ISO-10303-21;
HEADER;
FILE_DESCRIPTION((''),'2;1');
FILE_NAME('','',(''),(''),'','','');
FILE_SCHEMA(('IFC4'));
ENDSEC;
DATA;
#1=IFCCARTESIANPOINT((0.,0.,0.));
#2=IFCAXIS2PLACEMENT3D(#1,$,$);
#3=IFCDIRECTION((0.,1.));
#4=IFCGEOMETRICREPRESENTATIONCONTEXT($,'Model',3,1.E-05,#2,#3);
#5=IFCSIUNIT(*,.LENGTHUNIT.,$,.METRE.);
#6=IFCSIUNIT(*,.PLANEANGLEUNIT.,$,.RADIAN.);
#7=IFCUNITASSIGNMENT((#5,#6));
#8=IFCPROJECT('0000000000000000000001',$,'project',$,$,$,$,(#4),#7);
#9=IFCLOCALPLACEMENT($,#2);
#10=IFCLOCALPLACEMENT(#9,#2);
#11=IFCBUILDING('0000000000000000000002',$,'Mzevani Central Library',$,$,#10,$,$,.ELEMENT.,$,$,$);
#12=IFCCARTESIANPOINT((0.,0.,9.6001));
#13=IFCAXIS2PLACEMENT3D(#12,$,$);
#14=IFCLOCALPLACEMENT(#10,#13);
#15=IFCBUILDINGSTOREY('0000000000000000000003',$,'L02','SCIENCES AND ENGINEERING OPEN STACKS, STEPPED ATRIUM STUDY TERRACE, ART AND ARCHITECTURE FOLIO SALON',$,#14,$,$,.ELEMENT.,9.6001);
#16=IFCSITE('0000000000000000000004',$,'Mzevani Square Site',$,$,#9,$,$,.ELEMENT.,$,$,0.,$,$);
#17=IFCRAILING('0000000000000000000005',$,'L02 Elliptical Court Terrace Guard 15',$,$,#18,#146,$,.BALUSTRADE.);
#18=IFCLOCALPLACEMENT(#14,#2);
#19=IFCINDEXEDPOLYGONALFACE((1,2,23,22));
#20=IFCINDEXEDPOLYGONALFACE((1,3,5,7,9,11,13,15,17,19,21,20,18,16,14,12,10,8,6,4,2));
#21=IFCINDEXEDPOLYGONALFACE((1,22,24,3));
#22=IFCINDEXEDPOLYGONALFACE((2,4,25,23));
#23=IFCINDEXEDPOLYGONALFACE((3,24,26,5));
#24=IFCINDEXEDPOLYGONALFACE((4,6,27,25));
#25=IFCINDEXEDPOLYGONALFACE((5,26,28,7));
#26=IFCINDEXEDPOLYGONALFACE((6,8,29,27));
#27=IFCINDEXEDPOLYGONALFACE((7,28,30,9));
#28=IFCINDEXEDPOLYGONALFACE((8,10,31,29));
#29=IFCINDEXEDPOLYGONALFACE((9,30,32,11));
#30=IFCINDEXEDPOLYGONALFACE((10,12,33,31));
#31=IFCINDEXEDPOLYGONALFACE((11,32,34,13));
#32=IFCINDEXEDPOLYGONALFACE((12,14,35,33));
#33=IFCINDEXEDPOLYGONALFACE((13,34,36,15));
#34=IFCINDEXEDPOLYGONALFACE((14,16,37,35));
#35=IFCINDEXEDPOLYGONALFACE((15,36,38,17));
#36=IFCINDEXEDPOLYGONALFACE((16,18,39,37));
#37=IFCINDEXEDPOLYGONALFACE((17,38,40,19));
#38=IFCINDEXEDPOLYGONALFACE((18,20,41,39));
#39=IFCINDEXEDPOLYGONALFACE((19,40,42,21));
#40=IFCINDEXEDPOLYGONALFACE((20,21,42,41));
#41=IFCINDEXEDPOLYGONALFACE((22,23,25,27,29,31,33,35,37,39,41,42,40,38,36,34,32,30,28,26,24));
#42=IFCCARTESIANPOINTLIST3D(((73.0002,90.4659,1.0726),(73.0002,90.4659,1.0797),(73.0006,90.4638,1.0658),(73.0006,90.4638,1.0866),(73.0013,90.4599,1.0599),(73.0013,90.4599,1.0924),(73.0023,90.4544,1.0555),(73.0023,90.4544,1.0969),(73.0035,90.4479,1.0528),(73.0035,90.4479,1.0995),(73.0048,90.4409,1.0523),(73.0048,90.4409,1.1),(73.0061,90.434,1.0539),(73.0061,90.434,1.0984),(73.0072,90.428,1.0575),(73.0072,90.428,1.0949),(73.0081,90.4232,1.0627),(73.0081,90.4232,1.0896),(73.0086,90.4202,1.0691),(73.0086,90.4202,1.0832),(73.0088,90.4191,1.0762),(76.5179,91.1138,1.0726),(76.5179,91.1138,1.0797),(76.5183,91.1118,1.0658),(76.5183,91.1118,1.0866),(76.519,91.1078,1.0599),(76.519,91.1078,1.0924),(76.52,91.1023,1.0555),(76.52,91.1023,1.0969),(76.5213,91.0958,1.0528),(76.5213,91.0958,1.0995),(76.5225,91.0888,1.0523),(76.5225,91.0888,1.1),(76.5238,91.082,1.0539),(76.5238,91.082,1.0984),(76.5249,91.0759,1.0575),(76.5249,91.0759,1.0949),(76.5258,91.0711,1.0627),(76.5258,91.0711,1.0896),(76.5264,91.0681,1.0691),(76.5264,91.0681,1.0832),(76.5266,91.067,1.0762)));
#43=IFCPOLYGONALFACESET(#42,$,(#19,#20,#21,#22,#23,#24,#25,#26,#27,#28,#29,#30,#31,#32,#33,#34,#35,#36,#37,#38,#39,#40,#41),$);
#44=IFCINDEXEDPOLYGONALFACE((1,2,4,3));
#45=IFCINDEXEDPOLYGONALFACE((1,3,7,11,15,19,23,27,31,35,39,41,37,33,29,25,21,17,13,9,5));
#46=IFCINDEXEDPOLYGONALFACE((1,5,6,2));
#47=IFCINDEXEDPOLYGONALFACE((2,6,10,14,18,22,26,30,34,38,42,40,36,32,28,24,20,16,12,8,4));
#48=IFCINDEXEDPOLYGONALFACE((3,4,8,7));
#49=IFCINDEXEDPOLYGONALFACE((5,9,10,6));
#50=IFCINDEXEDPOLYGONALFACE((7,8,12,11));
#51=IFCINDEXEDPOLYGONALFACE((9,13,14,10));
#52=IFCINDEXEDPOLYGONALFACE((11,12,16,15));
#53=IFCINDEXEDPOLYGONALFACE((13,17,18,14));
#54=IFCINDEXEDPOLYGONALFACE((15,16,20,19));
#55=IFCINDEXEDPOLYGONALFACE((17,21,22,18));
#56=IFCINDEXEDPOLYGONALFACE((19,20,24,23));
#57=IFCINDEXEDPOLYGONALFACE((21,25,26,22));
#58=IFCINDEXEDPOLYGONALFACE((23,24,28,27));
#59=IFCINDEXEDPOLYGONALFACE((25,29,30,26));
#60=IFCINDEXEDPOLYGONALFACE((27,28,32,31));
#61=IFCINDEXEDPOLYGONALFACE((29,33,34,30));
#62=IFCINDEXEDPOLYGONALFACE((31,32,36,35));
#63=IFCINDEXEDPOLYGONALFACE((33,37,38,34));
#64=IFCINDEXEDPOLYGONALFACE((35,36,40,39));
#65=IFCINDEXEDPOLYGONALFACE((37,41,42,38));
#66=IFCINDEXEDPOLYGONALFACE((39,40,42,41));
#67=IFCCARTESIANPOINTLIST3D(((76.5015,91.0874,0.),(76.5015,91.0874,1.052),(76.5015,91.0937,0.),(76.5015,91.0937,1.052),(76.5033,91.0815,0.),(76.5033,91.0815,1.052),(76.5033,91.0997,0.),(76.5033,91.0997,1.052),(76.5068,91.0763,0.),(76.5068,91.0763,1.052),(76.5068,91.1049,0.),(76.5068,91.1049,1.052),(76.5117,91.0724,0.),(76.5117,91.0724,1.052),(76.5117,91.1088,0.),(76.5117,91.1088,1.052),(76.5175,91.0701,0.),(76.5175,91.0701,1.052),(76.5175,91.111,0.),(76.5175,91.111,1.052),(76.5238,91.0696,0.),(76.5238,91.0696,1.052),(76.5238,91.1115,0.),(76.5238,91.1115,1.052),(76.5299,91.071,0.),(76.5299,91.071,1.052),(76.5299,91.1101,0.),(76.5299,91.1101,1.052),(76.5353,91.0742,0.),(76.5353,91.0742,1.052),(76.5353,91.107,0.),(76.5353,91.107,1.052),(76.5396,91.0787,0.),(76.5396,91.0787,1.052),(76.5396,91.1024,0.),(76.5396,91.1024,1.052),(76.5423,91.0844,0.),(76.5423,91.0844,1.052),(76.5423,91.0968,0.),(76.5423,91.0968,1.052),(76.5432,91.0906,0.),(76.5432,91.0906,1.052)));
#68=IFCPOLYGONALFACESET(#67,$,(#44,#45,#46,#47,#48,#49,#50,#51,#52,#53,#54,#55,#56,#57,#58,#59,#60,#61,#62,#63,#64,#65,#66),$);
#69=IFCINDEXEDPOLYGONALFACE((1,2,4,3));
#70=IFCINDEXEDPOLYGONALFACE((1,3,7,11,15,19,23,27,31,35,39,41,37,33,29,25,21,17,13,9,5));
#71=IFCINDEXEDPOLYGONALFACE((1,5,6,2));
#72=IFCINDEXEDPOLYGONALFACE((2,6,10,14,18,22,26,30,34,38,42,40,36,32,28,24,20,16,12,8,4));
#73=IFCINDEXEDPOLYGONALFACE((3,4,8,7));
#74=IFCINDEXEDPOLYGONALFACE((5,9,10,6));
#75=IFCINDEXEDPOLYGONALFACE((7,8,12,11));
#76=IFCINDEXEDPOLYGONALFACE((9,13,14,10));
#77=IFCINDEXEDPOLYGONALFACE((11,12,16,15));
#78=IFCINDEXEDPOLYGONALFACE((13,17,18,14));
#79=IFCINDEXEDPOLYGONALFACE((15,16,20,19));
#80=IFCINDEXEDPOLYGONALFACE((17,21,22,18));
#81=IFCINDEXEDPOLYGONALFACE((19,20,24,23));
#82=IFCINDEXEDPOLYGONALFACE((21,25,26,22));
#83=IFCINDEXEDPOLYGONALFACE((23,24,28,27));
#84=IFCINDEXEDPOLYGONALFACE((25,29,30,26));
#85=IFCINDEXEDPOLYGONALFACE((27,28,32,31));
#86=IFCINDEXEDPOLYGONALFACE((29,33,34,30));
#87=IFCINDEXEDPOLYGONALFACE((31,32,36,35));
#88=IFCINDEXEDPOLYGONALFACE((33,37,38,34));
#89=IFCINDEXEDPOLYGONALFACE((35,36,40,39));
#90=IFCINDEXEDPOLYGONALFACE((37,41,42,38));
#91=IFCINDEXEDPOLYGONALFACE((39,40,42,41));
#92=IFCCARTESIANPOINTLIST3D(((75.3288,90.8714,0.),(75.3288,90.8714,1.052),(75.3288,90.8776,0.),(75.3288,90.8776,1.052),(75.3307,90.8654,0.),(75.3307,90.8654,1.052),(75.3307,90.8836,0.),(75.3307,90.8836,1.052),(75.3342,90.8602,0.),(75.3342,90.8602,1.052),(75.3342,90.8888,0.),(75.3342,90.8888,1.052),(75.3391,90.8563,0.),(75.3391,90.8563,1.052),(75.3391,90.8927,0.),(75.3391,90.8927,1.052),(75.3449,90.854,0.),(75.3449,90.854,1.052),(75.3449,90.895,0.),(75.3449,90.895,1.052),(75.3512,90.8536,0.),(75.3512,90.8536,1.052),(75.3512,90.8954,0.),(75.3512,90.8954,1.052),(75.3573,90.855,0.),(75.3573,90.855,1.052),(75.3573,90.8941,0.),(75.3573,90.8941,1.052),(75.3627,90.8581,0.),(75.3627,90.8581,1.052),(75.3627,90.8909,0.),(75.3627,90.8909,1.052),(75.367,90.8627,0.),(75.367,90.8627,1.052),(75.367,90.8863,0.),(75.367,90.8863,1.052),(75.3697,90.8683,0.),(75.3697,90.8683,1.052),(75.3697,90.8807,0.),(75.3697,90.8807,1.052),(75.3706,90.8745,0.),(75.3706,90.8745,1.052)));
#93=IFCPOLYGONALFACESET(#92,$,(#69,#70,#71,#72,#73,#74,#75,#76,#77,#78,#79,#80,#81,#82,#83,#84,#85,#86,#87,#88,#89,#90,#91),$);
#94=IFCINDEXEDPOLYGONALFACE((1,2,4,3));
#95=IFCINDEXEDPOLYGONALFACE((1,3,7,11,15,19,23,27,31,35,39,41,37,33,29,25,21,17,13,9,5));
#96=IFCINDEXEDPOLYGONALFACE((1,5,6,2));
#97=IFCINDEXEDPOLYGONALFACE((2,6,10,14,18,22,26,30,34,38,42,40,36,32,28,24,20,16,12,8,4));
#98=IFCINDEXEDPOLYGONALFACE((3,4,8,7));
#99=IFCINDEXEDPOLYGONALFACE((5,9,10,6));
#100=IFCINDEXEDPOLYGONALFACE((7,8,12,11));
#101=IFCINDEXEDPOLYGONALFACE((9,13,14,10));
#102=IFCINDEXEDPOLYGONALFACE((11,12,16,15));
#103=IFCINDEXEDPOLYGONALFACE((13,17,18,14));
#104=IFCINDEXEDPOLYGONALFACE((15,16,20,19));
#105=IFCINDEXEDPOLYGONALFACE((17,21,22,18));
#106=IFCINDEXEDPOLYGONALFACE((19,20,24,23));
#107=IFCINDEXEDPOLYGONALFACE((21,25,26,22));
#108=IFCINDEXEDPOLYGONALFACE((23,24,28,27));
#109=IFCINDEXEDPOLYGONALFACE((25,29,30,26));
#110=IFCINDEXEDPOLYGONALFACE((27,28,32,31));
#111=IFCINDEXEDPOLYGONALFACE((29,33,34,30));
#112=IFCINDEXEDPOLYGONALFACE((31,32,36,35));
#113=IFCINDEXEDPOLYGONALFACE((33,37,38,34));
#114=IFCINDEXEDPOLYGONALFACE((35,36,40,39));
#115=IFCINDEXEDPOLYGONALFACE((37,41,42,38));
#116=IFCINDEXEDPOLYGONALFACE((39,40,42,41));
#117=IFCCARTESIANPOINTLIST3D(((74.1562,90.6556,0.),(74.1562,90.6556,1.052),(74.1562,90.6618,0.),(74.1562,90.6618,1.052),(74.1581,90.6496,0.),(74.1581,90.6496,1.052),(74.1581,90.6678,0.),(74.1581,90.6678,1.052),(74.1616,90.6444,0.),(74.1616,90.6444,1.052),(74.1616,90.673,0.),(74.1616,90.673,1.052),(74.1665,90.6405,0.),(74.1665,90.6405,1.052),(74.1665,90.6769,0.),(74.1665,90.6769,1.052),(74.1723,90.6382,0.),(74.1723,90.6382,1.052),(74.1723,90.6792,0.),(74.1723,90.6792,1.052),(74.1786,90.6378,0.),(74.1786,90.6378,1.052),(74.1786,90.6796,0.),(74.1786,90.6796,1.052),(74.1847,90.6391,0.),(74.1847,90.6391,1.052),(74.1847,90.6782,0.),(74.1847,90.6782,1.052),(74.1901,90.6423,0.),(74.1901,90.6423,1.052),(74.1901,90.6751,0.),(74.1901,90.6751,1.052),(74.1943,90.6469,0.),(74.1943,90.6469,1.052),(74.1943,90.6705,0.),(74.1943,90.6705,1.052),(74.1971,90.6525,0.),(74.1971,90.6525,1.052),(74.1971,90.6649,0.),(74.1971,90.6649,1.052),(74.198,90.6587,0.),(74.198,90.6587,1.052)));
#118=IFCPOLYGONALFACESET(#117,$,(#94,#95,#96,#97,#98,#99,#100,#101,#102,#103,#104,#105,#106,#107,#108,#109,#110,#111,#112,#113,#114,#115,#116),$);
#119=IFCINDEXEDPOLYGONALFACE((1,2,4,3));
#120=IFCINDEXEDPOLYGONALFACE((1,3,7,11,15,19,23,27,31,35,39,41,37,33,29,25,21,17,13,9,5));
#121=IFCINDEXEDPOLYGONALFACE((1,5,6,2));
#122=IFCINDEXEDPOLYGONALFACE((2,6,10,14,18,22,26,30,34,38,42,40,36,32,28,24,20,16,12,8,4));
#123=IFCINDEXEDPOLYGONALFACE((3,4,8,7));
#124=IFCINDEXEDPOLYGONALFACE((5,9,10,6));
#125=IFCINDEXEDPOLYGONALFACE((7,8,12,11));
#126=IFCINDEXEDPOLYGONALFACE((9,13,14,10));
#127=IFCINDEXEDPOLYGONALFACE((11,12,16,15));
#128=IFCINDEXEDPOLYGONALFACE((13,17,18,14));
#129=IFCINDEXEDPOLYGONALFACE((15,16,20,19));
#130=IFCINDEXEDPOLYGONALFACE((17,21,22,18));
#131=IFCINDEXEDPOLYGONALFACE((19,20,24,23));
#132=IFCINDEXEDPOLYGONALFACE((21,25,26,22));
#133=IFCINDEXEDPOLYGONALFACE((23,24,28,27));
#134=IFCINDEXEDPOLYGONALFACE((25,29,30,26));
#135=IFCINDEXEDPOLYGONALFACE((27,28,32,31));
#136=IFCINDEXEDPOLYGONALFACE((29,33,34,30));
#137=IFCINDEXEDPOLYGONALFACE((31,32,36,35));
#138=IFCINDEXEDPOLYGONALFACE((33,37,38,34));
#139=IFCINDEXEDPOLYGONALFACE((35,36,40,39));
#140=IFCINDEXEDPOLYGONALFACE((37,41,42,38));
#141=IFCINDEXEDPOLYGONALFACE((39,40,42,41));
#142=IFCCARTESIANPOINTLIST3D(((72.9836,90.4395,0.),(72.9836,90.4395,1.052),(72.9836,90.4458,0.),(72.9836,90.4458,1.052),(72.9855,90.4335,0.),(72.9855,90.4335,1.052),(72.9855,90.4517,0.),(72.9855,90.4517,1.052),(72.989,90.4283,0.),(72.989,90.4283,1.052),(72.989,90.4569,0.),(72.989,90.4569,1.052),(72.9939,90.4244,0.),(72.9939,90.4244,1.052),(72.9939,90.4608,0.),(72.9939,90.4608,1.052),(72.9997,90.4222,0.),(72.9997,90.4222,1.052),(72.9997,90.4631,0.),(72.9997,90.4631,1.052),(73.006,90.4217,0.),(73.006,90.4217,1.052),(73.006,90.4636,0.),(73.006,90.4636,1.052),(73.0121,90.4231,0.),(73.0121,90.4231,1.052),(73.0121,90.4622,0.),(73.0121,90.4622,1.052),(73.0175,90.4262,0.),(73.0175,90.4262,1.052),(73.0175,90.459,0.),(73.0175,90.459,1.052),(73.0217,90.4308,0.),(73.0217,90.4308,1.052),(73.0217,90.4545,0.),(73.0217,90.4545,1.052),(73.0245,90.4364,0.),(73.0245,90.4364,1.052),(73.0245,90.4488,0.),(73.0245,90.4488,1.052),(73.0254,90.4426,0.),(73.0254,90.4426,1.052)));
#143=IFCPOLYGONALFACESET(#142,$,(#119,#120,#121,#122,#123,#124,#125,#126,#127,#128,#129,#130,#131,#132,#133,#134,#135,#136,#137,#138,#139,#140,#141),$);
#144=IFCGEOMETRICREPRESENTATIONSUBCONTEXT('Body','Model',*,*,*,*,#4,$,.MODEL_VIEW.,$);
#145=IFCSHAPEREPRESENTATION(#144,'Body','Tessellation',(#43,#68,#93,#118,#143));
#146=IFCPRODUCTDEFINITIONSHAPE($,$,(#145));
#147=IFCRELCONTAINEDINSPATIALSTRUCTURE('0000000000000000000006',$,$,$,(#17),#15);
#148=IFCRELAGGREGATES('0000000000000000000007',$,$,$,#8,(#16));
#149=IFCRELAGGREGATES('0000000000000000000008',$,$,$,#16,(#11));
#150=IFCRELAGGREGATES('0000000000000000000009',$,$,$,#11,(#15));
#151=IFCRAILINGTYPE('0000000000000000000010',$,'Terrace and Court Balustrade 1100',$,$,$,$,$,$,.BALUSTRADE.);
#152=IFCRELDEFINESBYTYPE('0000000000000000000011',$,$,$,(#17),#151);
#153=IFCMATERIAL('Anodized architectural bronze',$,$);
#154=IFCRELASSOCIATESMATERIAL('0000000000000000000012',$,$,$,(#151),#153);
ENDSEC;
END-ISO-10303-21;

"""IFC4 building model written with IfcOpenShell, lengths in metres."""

from ifc_helpers import new_model, si_unit, direction, frame, origin, origin_2d, place, context, subcontext, project, spatial, circle, extrude, material, type_object, element, save


model = new_model("IFC4")

# Units and contexts
model_context = context("Model", 3, precision=1e-05, world=origin(), true_north=direction((0.0, 1.0)))
body_context = subcontext(model_context, "Body", "Model", "MODEL_VIEW")
ifc_project = project(units=[si_unit("LENGTHUNIT", "METRE"), si_unit("PLANEANGLEUNIT", "RADIAN")], contexts=[model_context])

# Site, building, storey
site_placement = place(None, origin())
site = spatial("IfcSite", under=ifc_project, at=site_placement, Name="Mzevani Square Site", CompositionType="ELEMENT", RefElevation=0.0)
building_placement = place(site_placement, origin())
building = spatial("IfcBuilding", under=site, at=building_placement, Name="Mzevani Central Library", CompositionType="ELEMENT")
storey_placement = place(building_placement, frame((0.0, 0.0, 9.6001)))
storey = spatial("IfcBuildingStorey", under=building, at=storey_placement, Name="L02", Description="SCIENCES AND ENGINEERING OPEN STACKS, STEPPED ATRIUM STUDY TERRACE, ART AND ARCHITECTURE FOLIO SALON", CompositionType="ELEMENT", Elevation=9.6001)

# Railing
ifc_material_1 = material(Name="Anodized architectural bronze")
railing_type = type_object("IfcRailingType", Name="Terrace and Court Balustrade 1100", PredefinedType="BALUSTRADE", material=ifc_material_1)
railing_1_placement = place(storey_placement, frame((76.5222, 91.0906, 0.0)))
element("IfcRailing", 1, at=railing_1_placement, inside=storey, type_object=railing_type, Name="L02 Elliptical Court Terrace Guard 15", PredefinedType="BALUSTRADE", context=body_context, shape_type="SweptSolid", body=[
    extrude(circle(Radius=0.0239, at=origin_2d()), frame((0.0, 0.0, 1.0762), z_axis=(-0.983457, -0.181143, 0.0), x_axis=(0.181143, -0.983457, 0.0)), (0.0, 0.0, 1.0), 3.5769),
    extrude(circle(Radius=0.021, at=origin_2d()), origin(), (0.0, 0.0, 1.0), 1.052),
    extrude(circle(Radius=0.021, at=origin_2d()), frame((-1.1726, -0.2161, 0.0)), (0.0, 0.0, 1.0), 1.052),
    extrude(circle(Radius=0.021, at=origin_2d()), frame((-2.3452, -0.4319, 0.0)), (0.0, 0.0, 1.0), 1.052),
    extrude(circle(Radius=0.021, at=origin_2d()), frame((-3.5178, -0.6479, 0.0)), (0.0, 0.0, 1.0), 1.052),
])

save(model, "model.ifc")
